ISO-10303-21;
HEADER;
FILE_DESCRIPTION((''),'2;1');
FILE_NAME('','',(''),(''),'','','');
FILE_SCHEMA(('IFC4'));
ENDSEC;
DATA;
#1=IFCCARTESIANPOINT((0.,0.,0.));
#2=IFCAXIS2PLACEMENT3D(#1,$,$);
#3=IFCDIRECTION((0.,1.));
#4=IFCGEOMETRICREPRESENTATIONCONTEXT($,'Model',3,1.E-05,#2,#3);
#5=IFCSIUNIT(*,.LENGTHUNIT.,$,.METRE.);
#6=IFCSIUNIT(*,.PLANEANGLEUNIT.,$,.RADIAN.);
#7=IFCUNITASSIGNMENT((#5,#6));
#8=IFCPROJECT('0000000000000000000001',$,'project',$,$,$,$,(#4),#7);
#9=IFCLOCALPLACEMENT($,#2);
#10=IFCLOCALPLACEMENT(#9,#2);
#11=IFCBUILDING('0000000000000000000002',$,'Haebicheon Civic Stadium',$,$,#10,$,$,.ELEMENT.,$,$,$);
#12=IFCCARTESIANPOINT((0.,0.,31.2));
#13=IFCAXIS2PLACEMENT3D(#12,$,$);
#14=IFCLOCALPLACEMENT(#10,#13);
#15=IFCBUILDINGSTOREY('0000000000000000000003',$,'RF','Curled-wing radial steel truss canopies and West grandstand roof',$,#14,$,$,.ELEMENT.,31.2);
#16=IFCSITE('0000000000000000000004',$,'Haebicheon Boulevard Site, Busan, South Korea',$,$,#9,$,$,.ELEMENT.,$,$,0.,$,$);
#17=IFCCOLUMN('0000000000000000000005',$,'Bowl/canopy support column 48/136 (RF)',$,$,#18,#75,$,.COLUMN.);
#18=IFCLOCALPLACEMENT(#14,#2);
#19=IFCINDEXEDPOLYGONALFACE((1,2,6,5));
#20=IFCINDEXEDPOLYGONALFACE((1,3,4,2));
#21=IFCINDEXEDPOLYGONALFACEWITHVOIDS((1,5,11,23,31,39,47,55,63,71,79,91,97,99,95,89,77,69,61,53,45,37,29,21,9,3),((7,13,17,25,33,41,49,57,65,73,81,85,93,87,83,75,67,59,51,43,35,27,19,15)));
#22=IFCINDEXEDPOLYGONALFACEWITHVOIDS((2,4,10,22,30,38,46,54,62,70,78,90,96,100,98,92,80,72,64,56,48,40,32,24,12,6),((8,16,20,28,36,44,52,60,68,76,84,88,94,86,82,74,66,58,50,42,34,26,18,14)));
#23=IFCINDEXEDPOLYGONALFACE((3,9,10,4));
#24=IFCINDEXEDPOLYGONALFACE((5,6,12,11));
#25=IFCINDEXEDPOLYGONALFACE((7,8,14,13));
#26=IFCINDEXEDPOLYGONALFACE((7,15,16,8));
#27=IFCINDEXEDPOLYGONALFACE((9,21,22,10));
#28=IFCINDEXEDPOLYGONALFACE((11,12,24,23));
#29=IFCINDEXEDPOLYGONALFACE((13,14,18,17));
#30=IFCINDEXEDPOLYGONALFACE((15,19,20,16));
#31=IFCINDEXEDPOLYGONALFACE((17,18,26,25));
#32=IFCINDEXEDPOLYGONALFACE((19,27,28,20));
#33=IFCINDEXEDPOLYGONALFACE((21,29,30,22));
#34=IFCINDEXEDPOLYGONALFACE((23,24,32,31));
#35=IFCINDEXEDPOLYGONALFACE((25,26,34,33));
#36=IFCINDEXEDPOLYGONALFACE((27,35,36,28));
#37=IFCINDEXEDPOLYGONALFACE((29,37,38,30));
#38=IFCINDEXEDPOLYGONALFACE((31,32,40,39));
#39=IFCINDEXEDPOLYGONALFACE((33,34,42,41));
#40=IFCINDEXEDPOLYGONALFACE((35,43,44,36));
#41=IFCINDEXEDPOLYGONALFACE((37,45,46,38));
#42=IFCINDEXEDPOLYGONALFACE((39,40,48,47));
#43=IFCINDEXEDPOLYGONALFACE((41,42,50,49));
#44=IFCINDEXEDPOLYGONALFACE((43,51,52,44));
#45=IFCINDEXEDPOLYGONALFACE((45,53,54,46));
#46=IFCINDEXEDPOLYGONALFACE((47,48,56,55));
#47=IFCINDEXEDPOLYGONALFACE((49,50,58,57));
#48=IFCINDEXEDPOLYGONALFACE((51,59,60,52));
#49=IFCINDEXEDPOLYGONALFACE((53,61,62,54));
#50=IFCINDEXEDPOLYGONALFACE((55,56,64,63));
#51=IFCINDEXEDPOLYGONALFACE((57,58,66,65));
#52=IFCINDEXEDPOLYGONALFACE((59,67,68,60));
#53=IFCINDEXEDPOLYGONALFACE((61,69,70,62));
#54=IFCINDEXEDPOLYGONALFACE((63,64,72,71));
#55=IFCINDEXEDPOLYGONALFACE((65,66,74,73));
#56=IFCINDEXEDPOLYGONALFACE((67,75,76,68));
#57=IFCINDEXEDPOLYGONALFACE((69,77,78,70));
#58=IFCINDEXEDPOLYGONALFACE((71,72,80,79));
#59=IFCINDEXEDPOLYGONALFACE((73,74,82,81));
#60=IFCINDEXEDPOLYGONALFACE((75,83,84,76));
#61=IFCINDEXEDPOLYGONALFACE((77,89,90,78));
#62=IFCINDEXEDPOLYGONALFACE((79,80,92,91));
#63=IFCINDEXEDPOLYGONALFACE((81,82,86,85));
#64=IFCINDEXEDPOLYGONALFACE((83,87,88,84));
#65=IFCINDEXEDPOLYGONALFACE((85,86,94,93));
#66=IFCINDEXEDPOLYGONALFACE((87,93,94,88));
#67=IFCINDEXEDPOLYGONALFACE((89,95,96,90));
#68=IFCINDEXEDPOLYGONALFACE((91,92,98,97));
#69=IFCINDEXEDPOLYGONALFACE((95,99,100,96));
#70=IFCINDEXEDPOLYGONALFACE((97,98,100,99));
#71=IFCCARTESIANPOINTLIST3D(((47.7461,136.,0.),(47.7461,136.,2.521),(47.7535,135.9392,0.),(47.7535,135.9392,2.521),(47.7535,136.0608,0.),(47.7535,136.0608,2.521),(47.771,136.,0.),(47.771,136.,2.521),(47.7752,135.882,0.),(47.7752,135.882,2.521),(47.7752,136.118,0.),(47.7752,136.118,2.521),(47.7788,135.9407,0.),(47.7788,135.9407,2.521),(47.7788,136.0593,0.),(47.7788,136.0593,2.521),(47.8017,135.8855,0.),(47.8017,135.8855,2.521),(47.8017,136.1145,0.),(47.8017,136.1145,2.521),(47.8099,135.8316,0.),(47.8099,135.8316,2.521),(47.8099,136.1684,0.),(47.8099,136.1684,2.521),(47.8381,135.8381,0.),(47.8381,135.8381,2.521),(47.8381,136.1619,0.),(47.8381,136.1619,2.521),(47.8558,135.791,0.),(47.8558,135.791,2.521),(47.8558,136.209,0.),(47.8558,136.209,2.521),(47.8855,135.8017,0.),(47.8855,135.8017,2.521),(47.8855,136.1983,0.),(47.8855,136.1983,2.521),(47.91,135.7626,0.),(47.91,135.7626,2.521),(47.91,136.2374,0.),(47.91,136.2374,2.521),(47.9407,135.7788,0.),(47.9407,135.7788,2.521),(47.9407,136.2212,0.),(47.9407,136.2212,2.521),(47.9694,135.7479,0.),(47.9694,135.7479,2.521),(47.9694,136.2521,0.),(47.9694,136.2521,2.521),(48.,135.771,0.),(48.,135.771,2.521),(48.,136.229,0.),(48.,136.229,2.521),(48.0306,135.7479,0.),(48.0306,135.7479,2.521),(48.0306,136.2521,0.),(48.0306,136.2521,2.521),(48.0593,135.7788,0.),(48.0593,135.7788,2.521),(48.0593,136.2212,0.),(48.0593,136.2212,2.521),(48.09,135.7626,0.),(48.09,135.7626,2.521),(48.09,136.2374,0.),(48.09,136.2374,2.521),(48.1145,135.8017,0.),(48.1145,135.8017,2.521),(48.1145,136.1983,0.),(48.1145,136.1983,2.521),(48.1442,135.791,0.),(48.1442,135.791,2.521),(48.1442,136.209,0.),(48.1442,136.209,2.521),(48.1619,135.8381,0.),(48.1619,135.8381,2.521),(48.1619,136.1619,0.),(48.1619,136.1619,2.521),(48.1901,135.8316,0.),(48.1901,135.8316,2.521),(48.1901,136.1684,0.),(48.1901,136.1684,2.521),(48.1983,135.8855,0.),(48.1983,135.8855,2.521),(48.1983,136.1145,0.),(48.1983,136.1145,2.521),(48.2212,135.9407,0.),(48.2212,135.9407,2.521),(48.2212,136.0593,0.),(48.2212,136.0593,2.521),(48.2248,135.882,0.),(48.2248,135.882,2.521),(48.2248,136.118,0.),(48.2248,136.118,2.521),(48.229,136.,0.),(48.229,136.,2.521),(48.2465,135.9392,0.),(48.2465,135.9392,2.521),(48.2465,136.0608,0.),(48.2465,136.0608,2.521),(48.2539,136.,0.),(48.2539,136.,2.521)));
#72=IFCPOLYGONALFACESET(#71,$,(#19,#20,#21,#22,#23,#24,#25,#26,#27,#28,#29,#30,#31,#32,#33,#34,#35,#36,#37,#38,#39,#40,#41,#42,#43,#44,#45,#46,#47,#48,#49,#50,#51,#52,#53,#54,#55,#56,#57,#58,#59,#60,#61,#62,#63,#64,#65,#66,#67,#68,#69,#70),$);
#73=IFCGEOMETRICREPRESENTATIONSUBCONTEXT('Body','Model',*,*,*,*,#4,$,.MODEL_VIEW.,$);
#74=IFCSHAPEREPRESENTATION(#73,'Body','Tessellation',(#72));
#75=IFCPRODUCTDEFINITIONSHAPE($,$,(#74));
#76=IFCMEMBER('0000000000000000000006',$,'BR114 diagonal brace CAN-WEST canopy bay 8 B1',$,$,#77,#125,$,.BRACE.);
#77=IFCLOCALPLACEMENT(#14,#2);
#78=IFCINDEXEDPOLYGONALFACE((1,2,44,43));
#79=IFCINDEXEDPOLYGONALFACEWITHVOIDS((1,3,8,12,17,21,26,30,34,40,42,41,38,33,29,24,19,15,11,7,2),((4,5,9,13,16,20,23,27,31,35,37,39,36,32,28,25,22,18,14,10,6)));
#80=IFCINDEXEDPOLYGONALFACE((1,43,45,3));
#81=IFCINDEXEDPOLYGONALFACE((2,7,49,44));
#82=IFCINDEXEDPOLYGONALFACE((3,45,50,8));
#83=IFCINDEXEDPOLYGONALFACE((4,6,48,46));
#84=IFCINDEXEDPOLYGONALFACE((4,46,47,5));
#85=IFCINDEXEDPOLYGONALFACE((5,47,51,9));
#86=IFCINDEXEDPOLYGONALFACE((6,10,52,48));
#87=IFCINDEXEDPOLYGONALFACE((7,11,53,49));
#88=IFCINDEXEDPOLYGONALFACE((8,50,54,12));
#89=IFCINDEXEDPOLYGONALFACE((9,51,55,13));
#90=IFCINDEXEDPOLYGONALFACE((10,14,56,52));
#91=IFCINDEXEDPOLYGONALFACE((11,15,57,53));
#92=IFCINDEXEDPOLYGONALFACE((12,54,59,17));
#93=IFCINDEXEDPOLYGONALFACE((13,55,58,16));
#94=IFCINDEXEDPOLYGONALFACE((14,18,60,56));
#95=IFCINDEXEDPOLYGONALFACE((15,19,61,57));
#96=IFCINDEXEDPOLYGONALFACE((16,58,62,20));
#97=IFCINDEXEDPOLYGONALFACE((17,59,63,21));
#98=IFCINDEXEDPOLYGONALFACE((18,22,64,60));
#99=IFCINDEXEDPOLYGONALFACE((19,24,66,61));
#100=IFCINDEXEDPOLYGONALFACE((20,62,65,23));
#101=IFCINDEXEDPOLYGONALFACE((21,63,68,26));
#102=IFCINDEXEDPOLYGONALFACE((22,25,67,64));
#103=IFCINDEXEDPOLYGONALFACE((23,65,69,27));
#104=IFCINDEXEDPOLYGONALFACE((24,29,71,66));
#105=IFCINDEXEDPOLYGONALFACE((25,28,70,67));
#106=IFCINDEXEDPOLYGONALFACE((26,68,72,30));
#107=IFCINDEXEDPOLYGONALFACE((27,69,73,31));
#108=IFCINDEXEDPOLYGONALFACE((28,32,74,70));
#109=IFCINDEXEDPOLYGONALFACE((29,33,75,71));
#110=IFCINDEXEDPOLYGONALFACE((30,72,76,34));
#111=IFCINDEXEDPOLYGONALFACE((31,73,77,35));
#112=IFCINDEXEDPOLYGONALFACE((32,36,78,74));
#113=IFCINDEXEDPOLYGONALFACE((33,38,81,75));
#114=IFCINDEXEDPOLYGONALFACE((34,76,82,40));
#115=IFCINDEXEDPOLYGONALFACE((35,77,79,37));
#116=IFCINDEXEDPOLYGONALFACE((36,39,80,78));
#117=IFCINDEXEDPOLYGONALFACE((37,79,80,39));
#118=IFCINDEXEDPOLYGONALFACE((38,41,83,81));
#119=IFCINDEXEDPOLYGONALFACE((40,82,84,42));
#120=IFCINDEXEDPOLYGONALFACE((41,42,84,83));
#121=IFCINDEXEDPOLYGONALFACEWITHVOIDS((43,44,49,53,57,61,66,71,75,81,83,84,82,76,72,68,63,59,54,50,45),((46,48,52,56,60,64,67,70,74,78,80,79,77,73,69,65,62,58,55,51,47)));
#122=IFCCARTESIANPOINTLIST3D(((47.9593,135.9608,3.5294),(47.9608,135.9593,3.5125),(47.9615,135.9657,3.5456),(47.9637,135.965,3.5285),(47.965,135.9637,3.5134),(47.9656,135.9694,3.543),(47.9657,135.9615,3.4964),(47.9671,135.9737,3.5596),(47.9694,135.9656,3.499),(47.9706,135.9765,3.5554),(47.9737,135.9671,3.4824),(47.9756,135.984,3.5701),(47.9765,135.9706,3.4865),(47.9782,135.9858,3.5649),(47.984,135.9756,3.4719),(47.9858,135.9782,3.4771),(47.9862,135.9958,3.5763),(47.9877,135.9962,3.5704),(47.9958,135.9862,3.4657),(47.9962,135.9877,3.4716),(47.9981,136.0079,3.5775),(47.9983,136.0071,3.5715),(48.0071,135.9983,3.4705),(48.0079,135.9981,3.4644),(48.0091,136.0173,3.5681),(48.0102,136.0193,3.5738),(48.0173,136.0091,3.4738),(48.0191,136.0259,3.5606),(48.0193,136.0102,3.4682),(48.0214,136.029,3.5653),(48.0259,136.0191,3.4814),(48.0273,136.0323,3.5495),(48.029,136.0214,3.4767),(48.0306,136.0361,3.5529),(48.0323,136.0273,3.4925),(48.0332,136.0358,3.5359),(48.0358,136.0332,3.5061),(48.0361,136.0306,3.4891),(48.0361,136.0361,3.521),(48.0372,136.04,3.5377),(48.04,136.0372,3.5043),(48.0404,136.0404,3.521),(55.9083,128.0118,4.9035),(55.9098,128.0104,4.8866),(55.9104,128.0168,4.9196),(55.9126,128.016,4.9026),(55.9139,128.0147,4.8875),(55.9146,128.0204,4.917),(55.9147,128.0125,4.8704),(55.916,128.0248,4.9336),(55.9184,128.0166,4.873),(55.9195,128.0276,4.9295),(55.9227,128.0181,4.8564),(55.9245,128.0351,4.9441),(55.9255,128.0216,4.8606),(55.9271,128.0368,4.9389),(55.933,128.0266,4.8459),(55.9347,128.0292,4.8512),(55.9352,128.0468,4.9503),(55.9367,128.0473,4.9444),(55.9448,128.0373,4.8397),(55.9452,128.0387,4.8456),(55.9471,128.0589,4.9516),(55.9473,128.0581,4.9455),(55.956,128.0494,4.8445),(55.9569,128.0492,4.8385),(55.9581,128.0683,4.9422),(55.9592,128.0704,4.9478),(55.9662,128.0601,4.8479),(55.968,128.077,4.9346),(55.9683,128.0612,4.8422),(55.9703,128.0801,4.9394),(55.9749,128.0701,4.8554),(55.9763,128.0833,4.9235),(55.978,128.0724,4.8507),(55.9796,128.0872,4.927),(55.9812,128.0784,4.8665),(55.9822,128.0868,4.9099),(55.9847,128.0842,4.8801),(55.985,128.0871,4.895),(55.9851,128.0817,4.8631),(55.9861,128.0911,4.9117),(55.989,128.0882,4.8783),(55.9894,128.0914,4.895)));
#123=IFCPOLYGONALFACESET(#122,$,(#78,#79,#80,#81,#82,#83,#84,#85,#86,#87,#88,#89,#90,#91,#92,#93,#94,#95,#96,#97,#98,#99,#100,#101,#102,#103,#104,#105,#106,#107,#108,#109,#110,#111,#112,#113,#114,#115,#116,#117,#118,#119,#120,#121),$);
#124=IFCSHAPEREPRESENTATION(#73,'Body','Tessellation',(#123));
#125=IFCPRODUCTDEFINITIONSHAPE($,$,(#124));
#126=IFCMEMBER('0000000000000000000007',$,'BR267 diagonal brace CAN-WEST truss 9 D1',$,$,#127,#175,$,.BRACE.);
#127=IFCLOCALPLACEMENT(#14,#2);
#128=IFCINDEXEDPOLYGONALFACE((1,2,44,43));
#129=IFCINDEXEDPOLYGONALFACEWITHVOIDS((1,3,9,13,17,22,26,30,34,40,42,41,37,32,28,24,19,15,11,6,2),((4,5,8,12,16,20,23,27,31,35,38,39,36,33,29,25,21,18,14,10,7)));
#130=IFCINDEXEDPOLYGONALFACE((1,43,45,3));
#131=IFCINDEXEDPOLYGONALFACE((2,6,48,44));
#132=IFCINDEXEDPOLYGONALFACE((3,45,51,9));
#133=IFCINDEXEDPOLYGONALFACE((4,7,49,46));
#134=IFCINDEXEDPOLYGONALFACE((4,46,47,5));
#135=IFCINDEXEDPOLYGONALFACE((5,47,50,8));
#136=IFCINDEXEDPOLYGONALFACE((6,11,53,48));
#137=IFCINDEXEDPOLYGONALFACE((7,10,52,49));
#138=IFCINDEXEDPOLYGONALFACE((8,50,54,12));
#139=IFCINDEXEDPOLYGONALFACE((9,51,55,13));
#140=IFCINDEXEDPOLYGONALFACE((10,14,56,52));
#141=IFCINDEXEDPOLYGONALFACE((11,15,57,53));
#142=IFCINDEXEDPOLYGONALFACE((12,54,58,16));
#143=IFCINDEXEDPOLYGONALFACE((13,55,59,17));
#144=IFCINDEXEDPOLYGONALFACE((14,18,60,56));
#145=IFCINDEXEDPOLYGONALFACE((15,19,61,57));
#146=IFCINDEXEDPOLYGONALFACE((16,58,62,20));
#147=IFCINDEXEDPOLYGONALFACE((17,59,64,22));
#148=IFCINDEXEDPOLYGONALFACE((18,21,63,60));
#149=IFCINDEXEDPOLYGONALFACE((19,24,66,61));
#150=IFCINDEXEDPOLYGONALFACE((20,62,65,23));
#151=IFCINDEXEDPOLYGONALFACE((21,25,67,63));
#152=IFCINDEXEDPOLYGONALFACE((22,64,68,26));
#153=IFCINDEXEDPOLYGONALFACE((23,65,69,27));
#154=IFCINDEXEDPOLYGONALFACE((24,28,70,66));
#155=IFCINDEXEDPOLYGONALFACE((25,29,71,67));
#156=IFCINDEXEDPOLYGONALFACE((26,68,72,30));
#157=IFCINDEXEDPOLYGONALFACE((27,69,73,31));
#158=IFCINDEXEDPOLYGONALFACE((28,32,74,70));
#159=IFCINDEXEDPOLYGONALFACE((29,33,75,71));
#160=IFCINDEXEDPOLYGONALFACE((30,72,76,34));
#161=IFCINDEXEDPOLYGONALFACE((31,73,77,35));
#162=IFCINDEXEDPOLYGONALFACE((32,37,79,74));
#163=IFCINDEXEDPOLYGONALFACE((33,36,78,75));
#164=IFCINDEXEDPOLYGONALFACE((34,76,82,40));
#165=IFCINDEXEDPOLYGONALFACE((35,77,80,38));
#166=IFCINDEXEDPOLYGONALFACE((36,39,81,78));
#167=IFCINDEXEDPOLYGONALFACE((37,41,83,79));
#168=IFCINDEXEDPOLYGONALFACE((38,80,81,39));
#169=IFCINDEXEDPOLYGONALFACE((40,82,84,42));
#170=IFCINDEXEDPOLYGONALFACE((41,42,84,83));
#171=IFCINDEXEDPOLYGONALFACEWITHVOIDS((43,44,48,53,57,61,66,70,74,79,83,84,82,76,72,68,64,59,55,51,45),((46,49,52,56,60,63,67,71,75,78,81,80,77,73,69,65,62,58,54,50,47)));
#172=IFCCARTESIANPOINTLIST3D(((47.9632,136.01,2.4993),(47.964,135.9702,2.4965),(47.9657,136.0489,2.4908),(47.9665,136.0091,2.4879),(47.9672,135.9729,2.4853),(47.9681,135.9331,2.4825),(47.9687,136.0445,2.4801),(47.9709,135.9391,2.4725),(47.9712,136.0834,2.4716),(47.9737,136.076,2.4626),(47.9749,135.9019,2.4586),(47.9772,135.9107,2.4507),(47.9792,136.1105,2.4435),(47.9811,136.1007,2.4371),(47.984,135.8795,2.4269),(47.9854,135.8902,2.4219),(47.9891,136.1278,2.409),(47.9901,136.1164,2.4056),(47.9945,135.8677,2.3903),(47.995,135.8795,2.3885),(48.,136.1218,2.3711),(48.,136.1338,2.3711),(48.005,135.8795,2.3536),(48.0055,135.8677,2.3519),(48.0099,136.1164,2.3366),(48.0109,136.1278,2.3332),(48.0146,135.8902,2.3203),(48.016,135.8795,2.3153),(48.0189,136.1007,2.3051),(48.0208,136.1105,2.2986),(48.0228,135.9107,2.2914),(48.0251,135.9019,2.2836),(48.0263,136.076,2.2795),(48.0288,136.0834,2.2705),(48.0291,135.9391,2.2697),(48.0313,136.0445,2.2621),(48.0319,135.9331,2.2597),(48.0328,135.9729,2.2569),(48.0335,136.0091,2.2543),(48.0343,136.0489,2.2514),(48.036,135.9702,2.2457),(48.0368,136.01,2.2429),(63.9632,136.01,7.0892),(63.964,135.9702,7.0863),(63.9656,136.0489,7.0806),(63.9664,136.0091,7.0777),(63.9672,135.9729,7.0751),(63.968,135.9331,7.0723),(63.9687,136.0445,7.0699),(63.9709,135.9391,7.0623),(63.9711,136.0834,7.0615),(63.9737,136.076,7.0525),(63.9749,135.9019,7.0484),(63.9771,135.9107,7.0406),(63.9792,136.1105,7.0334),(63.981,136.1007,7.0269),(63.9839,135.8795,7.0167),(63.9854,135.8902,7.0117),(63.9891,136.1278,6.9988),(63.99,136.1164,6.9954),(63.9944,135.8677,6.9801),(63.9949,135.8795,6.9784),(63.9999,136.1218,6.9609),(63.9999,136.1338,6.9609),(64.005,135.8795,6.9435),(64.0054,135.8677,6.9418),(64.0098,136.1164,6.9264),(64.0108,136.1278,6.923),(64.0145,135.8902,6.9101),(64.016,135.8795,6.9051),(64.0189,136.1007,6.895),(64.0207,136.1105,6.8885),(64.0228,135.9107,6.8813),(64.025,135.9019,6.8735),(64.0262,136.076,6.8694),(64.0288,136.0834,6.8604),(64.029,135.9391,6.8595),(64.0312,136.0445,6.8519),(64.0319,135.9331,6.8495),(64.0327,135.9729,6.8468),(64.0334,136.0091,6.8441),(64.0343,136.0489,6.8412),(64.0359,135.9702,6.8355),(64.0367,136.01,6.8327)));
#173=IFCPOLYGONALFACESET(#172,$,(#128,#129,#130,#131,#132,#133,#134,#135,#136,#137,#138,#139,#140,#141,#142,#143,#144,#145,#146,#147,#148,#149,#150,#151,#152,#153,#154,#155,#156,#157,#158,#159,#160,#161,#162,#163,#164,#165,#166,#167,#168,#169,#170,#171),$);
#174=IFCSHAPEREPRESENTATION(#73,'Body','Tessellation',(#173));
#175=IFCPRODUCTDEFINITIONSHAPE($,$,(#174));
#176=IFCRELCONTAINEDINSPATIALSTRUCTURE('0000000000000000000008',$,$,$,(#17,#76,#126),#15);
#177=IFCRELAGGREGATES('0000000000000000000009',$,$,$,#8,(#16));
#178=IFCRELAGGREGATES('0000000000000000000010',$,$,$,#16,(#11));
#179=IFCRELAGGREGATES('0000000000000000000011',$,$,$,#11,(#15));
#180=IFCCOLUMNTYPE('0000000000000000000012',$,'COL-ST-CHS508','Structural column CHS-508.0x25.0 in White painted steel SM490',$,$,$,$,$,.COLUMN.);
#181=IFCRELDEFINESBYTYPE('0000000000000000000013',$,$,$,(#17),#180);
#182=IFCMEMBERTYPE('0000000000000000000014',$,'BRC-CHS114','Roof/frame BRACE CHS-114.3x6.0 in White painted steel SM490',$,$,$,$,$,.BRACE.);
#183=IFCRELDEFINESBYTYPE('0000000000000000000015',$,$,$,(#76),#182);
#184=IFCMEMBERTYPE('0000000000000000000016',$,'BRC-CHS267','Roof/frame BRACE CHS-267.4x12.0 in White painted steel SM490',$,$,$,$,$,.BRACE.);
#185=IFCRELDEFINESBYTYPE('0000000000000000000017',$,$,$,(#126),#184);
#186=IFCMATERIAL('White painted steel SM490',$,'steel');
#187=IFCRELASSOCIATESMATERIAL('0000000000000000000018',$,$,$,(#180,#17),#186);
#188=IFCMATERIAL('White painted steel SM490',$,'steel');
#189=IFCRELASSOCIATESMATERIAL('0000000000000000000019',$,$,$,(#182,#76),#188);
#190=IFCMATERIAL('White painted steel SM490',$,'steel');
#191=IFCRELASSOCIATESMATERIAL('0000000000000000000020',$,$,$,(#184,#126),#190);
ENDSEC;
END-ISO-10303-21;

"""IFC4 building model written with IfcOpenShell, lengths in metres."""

from ifc_helpers import new_model, si_unit, direction, frame, origin, origin_2d, place, context, subcontext, project, spatial, hollow_circle, extrude, material, material_profile, profile_set, type_object, element, save


model = new_model("IFC4")

# Units and contexts
model_context = context("Model", 3, precision=1e-05, world=origin(), true_north=direction((0.0, 1.0)))
body_context = subcontext(model_context, "Body", "Model", "MODEL_VIEW")
ifc_project = project(units=[si_unit("LENGTHUNIT", "METRE"), si_unit("PLANEANGLEUNIT", "RADIAN")], contexts=[model_context])

# Site, building, storey
site_placement = place(None, origin())
site = spatial("IfcSite", under=ifc_project, at=site_placement, Name="Haebicheon Boulevard Site, Busan, South Korea", CompositionType="ELEMENT", RefElevation=0.0)
building_placement = place(site_placement, origin())
building = spatial("IfcBuilding", under=site, at=building_placement, Name="Haebicheon Civic Stadium", CompositionType="ELEMENT")
storey_placement = place(building_placement, frame((0.0, 0.0, 31.2)))
storey = spatial("IfcBuildingStorey", under=building, at=storey_placement, Name="RF", Description="Curled-wing radial steel truss canopies and West grandstand roof", CompositionType="ELEMENT", Elevation=31.2)

# Column
ifc_material_1 = material(Name="White painted steel SM490", Category="steel")
ifc_material_profile_1 = material_profile(ifc_material_1, hollow_circle(Radius=0.2539, WallThickness=0.0249, at=origin_2d()), Name="CHS-508.0x25.0")
ifc_profile_set_1 = profile_set([ifc_material_profile_1], Name="White painted steel SM490")
column_type = type_object("IfcColumnType", Name="COL-ST-CHS508", Description="Structural column CHS-508.0x25.0 in White painted steel SM490", PredefinedType="COLUMN", material=ifc_profile_set_1)
column_placement = place(storey_placement, frame((48.0, 136.0, 0.0), z_axis=(0.0, 0.0, 1.0), x_axis=(1.0, 0.0, 0.0)))
element("IfcColumn", 1, at=column_placement, inside=storey, type_object=column_type, material=ifc_profile_set_1, Name="Bowl/canopy support column 48/136 (RF)", PredefinedType="COLUMN", context=body_context, shape_type="SweptSolid", body=[
    extrude(hollow_circle(Radius=0.2539, WallThickness=0.0249, at=origin_2d()), origin(), (0.0, 0.0, 1.0), 2.521),
])

# Members
ifc_material_2 = material(Name="White painted steel SM490", Category="steel")
ifc_material_profile_2 = material_profile(ifc_material_2, hollow_circle(Radius=0.0571, WallThickness=0.0061, at=origin_2d()), Name="CHS-114.3x6.0")
ifc_profile_set_2 = profile_set([ifc_material_profile_2], Name="White painted steel SM490")
member_type_1 = type_object("IfcMemberType", Name="BRC-CHS114", Description="Roof/frame BRACE CHS-114.3x6.0 in White painted steel SM490", PredefinedType="BRACE", material=ifc_profile_set_2)
member_1_placement = place(storey_placement, frame((48.0, 136.0, 3.521), z_axis=(0.701883, -0.701883, 0.121324), x_axis=(0.707107, 0.707107, 0.0)))
element("IfcMember", 2, at=member_1_placement, inside=storey, type_object=member_type_1, material=ifc_profile_set_2, Name="BR114 diagonal brace CAN-WEST canopy bay 8 B1", PredefinedType="BRACE", context=body_context, shape_type="SweptSolid", body=[
    extrude(hollow_circle(Radius=0.0571, WallThickness=0.0061, at=origin_2d()), origin(), (0.0, 0.0, 1.0), 11.3252),
])
ifc_material_3 = material(Name="White painted steel SM490", Category="steel")
ifc_material_profile_3 = material_profile(ifc_material_3, hollow_circle(Radius=0.1338, WallThickness=0.012, at=origin_2d()), Name="CHS-267.4x12.0")
ifc_profile_set_3 = profile_set([ifc_material_profile_3], Name="White painted steel SM490")
member_type_2 = type_object("IfcMemberType", Name="BRC-CHS267", Description="Roof/frame BRACE CHS-267.4x12.0 in White painted steel SM490", PredefinedType="BRACE", material=ifc_profile_set_3)
member_2_placement = place(storey_placement, frame((48.0, 136.0, 2.3711), z_axis=(0.961231, 0.0, 0.275744), x_axis=(0.0, 1.0, 0.0)))
element("IfcMember", 3, at=member_2_placement, inside=storey, type_object=member_type_2, material=ifc_profile_set_3, Name="BR267 diagonal brace CAN-WEST truss 9 D1", PredefinedType="BRACE", context=body_context, shape_type="SweptSolid", body=[
    extrude(hollow_circle(Radius=0.1338, WallThickness=0.012, at=origin_2d()), origin(), (0.0, 0.0, 1.0), 16.6453),
])

save(model, "model.ifc")
